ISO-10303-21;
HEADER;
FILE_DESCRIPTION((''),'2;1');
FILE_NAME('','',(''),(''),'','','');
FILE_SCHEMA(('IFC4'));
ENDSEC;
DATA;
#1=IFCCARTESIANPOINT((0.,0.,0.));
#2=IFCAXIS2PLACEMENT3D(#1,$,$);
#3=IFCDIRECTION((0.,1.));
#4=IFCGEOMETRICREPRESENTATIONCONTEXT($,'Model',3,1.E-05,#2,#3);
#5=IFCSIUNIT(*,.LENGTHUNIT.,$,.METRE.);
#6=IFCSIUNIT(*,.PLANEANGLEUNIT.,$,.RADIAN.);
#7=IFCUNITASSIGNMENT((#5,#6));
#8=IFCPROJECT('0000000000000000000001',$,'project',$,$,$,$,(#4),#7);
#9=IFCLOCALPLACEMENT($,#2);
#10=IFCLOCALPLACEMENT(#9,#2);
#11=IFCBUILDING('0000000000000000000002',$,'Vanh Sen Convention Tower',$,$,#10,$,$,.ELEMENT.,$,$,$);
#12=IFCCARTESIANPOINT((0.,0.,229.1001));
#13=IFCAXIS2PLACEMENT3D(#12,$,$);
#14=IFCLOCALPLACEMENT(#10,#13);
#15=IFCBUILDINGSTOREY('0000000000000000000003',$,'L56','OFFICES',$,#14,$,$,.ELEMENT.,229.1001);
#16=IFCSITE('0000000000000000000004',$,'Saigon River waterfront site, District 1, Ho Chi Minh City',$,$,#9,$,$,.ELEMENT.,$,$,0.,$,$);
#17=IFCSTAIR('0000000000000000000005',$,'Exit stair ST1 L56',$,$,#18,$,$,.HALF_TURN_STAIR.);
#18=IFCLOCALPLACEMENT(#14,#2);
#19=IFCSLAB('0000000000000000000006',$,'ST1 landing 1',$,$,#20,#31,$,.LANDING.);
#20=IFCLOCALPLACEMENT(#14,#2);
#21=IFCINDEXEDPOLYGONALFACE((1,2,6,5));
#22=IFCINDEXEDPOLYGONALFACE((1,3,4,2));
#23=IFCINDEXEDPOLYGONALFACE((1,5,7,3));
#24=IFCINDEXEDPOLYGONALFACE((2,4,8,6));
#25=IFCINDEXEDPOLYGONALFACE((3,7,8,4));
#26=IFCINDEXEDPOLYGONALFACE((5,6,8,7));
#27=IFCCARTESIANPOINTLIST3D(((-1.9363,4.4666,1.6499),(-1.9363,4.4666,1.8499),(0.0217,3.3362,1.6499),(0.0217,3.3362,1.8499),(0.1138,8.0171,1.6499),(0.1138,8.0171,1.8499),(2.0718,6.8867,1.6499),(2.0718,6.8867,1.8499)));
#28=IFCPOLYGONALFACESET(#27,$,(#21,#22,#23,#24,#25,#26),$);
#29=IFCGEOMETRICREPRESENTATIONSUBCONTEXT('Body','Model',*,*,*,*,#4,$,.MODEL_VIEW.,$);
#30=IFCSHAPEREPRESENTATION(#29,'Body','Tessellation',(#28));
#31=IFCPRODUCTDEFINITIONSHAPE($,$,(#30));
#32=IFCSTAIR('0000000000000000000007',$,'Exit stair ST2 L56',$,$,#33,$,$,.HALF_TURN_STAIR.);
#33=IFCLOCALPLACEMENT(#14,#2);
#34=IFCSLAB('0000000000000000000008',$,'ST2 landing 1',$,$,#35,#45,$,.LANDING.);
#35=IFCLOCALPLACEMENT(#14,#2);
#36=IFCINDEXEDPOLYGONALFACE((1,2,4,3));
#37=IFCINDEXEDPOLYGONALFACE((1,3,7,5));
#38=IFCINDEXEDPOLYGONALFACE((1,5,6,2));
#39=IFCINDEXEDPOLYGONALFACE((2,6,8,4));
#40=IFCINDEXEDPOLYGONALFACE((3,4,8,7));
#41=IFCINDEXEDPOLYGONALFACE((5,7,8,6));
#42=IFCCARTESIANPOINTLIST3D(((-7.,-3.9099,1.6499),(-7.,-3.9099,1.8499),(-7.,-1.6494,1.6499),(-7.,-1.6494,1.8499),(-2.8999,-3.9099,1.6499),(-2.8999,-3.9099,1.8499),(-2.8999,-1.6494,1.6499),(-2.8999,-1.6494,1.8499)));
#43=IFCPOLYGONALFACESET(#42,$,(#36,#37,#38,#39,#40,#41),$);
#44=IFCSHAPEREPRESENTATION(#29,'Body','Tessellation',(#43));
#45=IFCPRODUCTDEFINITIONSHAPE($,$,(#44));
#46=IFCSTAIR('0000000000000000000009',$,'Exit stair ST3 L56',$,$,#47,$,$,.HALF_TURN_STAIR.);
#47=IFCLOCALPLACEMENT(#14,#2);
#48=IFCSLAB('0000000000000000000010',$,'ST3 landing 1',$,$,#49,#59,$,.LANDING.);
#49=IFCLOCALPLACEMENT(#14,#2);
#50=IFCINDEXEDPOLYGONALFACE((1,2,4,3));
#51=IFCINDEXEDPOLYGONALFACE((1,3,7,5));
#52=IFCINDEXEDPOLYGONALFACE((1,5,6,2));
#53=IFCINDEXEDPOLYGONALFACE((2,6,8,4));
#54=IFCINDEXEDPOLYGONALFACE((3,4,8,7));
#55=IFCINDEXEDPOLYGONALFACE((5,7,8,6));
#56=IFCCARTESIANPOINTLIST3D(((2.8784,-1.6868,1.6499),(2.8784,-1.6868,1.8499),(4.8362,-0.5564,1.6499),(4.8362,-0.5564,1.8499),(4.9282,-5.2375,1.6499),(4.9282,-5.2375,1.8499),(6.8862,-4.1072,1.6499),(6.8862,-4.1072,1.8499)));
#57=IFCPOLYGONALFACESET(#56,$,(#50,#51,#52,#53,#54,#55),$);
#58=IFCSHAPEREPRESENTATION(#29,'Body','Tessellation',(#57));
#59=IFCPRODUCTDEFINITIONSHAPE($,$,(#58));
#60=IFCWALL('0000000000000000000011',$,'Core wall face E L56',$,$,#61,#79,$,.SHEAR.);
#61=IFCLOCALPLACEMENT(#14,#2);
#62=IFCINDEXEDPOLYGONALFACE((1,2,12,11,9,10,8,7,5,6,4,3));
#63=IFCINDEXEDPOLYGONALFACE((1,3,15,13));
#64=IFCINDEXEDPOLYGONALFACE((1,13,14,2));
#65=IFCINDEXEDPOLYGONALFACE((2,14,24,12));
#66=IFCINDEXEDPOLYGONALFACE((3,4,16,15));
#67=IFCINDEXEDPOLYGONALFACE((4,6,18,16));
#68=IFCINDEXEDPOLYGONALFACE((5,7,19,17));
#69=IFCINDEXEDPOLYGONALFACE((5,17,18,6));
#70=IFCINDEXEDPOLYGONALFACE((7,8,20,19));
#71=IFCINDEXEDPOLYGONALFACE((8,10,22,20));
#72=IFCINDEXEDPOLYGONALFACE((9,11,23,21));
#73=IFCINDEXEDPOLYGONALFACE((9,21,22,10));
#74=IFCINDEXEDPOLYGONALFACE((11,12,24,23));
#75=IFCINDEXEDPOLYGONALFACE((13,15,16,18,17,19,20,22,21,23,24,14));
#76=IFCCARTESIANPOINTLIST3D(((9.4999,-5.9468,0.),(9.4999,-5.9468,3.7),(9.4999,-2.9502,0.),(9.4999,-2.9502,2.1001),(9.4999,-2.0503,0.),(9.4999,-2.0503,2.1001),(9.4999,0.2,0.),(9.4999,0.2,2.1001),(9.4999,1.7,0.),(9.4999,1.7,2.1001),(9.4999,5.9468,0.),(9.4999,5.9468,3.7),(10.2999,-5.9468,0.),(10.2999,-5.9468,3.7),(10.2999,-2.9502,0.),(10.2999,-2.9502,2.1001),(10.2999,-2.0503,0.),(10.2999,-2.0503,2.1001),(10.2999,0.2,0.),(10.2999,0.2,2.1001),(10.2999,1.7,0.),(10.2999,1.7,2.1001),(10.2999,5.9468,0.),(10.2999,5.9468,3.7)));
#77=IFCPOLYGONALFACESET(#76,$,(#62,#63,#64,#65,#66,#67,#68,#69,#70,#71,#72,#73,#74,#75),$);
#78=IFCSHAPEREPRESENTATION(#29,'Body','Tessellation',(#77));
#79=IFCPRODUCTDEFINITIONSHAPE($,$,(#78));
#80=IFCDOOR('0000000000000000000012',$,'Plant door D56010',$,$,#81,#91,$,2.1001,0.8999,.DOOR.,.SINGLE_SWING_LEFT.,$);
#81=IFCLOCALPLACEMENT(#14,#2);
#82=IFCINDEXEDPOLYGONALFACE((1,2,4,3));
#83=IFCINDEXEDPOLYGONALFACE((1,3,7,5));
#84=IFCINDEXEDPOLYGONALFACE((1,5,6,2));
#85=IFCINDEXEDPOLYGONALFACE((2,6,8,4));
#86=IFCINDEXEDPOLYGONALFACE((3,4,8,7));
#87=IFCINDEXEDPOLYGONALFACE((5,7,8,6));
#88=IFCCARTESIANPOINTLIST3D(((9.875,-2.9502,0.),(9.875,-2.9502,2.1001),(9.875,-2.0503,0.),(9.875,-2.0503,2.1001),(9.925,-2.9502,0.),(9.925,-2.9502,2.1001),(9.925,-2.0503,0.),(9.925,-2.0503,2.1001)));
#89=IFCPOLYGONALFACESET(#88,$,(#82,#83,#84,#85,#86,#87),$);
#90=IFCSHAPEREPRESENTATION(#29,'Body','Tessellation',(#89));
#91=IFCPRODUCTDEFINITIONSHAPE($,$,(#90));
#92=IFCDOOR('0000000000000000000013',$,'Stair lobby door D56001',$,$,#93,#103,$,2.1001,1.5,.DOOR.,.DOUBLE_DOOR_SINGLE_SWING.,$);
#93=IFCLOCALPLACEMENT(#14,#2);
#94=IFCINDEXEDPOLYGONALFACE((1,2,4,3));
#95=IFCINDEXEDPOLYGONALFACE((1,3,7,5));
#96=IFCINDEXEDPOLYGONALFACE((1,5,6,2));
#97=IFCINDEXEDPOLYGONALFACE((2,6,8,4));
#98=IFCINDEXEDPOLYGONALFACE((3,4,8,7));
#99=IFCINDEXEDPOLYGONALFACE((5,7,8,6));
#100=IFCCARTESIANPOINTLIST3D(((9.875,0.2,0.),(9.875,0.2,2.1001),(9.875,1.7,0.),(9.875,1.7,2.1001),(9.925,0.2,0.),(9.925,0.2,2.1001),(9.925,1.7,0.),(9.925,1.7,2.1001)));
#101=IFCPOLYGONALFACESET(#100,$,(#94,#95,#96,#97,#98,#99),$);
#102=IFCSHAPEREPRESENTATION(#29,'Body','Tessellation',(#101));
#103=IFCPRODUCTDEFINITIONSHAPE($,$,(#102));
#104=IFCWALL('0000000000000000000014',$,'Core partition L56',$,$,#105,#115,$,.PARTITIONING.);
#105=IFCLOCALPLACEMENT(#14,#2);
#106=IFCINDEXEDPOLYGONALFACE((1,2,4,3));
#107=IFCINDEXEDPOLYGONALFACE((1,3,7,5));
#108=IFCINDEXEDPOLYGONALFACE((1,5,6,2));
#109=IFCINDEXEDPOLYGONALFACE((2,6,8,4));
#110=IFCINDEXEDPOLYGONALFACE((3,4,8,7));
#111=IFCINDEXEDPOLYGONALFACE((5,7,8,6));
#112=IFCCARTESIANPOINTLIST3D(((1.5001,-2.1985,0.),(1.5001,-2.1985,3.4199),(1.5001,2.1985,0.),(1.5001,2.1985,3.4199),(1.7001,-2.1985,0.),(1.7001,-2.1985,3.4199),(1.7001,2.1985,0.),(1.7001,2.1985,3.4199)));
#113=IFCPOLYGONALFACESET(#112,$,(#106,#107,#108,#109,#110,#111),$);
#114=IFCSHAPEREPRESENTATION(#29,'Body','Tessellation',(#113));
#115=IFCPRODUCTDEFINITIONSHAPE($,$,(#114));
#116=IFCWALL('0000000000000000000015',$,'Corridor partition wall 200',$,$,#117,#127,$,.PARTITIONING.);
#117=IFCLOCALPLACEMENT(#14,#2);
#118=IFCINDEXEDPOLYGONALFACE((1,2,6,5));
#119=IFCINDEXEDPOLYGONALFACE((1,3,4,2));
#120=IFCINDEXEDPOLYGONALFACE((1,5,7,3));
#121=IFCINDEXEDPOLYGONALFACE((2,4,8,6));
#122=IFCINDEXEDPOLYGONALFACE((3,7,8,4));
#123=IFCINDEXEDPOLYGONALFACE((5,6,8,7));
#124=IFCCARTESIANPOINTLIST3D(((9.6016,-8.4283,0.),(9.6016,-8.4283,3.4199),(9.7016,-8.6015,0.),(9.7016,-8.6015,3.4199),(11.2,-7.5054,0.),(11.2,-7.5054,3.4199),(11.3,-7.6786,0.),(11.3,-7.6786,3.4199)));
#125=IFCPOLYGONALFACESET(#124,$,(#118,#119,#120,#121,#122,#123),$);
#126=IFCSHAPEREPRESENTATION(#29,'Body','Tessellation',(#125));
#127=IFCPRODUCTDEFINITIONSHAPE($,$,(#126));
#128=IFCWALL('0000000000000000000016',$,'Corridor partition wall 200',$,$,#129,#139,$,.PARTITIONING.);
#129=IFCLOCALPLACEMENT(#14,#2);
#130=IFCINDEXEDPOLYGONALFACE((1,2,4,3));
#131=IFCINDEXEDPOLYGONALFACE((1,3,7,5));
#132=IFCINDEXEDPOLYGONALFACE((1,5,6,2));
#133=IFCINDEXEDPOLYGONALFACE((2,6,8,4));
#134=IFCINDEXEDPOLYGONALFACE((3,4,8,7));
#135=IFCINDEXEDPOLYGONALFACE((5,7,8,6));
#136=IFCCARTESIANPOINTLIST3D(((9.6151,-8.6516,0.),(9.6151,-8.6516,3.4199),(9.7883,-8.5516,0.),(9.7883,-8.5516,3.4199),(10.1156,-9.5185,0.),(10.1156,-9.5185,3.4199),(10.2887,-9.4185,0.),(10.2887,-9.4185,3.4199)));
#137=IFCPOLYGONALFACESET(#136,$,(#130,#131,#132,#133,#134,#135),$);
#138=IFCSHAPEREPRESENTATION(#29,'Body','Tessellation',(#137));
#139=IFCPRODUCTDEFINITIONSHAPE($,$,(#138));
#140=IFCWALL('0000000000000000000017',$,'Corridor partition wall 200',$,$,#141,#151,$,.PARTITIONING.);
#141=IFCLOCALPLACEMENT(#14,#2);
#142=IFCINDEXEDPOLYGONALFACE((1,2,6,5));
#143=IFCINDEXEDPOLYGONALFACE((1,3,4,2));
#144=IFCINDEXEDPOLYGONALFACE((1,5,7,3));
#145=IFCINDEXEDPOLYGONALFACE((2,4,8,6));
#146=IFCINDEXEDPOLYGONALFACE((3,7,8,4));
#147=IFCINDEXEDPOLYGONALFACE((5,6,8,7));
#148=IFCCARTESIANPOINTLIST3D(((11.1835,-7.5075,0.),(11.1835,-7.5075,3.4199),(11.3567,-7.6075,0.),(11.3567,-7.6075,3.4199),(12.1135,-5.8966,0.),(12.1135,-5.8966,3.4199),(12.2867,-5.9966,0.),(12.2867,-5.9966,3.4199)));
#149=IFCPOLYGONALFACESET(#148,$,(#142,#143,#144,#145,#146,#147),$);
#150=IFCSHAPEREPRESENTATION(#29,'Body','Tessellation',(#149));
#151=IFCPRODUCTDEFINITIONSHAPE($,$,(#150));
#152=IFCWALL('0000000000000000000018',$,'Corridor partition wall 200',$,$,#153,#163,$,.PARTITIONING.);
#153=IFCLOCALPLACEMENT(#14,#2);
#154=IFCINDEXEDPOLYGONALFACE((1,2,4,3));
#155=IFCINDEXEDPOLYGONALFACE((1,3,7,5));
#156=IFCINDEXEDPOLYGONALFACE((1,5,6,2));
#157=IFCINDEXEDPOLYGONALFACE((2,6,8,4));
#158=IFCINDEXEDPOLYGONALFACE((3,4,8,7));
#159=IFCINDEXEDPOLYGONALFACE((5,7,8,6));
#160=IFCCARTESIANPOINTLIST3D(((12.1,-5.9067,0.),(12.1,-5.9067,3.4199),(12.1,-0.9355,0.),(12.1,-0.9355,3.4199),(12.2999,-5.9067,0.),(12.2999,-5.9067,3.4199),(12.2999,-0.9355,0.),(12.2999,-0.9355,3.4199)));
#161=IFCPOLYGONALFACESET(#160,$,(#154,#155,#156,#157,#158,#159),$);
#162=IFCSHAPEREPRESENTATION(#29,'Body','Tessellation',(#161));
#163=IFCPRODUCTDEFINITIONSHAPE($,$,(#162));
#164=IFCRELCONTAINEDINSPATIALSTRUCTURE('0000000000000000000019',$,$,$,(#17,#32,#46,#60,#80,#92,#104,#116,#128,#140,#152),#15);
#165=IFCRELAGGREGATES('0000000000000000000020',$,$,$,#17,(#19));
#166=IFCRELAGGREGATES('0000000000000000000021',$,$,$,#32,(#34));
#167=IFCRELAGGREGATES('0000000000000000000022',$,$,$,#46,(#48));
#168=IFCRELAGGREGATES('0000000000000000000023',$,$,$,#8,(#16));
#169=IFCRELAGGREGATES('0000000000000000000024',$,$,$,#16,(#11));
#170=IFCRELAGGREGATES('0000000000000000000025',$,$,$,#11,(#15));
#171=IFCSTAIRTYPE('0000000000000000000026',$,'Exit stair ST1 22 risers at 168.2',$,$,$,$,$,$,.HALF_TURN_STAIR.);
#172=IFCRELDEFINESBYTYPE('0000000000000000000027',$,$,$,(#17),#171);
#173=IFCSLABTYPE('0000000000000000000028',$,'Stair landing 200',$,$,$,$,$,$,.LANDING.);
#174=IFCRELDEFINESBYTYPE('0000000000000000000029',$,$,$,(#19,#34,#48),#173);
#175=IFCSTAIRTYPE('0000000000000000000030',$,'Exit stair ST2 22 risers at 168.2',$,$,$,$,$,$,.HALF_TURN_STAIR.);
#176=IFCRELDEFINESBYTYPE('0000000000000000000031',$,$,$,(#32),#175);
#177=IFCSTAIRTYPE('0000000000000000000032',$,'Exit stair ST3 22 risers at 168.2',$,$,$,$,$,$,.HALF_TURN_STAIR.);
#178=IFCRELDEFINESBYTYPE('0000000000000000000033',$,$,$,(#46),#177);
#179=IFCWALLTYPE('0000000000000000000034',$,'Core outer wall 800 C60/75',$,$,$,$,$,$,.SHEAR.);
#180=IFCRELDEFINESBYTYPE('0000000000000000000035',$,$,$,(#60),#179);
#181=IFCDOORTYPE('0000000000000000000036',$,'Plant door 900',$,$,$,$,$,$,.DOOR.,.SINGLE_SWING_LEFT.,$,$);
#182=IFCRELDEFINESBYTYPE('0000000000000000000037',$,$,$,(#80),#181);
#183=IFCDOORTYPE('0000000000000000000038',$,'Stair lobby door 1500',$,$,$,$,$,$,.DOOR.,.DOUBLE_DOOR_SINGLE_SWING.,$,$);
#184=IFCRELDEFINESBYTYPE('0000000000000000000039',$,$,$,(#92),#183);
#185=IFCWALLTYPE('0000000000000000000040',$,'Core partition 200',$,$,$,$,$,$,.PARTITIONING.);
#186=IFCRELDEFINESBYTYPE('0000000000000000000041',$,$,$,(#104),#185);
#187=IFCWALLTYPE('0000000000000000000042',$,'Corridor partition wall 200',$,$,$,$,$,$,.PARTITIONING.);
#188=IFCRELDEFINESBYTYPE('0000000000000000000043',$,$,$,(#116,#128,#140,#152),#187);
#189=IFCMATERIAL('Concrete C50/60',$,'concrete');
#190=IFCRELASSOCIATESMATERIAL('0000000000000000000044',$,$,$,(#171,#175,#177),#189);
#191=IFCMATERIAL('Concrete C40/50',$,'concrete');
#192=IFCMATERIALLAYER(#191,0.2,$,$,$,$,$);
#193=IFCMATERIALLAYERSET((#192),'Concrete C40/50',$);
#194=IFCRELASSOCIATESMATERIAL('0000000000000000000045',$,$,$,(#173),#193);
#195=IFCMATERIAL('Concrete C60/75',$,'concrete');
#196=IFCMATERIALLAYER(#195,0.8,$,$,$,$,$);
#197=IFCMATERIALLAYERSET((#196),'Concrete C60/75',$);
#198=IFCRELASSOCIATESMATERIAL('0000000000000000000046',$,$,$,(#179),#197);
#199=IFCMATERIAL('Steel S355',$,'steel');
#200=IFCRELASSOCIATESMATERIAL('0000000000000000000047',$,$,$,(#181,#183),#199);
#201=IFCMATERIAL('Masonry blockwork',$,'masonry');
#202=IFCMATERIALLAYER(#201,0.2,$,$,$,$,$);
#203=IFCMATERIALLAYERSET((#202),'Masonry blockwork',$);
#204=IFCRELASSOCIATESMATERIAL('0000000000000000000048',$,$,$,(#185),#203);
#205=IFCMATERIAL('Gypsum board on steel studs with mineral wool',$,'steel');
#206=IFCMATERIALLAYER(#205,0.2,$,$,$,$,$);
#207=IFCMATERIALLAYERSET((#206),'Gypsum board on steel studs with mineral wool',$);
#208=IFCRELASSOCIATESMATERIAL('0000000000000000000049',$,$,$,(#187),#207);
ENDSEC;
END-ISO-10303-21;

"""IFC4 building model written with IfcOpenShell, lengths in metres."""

from ifc_helpers import new_model, si_unit, direction, frame, frame_2d, origin, place, context, subcontext, project, spatial, polyline, rectangle, outline, extrude, material, layer, layer_set, type_object, element, fill, aggregate, save


model = new_model("IFC4")

# Units and contexts
model_context = context("Model", 3, precision=1e-05, world=origin(), true_north=direction((0.0, 1.0)))
body_context = subcontext(model_context, "Body", "Model", "MODEL_VIEW")
ifc_project = project(units=[si_unit("LENGTHUNIT", "METRE"), si_unit("PLANEANGLEUNIT", "RADIAN")], contexts=[model_context])

# Site, building, storey
site_placement = place(None, origin())
site = spatial("IfcSite", under=ifc_project, at=site_placement, Name="Saigon River waterfront site, District 1, Ho Chi Minh City", CompositionType="ELEMENT", RefElevation=0.0)
building_placement = place(site_placement, origin())
building = spatial("IfcBuilding", under=site, at=building_placement, Name="Vanh Sen Convention Tower", CompositionType="ELEMENT")
storey_placement = place(building_placement, frame((0.0, 0.0, 229.1001)))
storey = spatial("IfcBuildingStorey", under=building, at=storey_placement, Name="L56", Description="OFFICES", CompositionType="ELEMENT", Elevation=229.1001)

# Stairs, slabs
ifc_material_1 = material(Name="Concrete C50/60", Category="concrete")
stair_type_1 = type_object("IfcStairType", Name="Exit stair ST1 22 risers at 168.2", PredefinedType="HALF_TURN_STAIR", material=ifc_material_1)
stair_1_placement = place(storey_placement, origin())
stair_1 = element("IfcStair", 1, at=stair_1_placement, inside=storey, type_object=stair_type_1, Name="Exit stair ST1 L56", PredefinedType="HALF_TURN_STAIR")
ifc_material_2 = material(Name="Concrete C40/50", Category="concrete")
ifc_layer_1 = layer(ifc_material_2, 0.2)
ifc_layer_set_1 = layer_set([ifc_layer_1], Name="Concrete C40/50")
slab_type = type_object("IfcSlabType", Name="Stair landing 200", PredefinedType="LANDING", material=ifc_layer_set_1)
slab_1_placement = place(storey_placement, frame((0.0, 0.0, 1.6499)))
slab_1 = element("IfcSlab", 2, at=slab_1_placement, type_object=slab_type, Name="ST1 landing 1", PredefinedType="LANDING", context=body_context, shape_type="SweptSolid", body=[
    extrude(outline(polyline([(2.0718, 6.8867), (0.1138, 8.0171), (-1.9363, 4.4666), (0.0217, 3.3362), (2.0718, 6.8867)])), origin(), (0.0, 0.0, 1.0), 0.2),
])
aggregate(stair_1, [slab_1])
stair_type_2 = type_object("IfcStairType", Name="Exit stair ST2 22 risers at 168.2", PredefinedType="HALF_TURN_STAIR", material=ifc_material_1)
stair_2_placement = place(storey_placement, origin())
stair_2 = element("IfcStair", 3, at=stair_2_placement, inside=storey, type_object=stair_type_2, Name="Exit stair ST2 L56", PredefinedType="HALF_TURN_STAIR")
slab_2_placement = place(storey_placement, frame((0.0, 0.0, 1.6499)))
slab_2 = element("IfcSlab", 4, at=slab_2_placement, type_object=slab_type, Name="ST2 landing 1", PredefinedType="LANDING", context=body_context, shape_type="SweptSolid", body=[
    extrude(outline(polyline([(-7.0, -1.6494), (-7.0, -3.9099), (-2.8999, -3.9099), (-2.8999, -1.6494), (-7.0, -1.6494)])), origin(), (0.0, 0.0, 1.0), 0.2),
])
aggregate(stair_2, [slab_2])
stair_type_3 = type_object("IfcStairType", Name="Exit stair ST3 22 risers at 168.2", PredefinedType="HALF_TURN_STAIR", material=ifc_material_1)
stair_3_placement = place(storey_placement, origin())
stair_3 = element("IfcStair", 5, at=stair_3_placement, inside=storey, type_object=stair_type_3, Name="Exit stair ST3 L56", PredefinedType="HALF_TURN_STAIR")
slab_3_placement = place(storey_placement, frame((0.0, 0.0, 1.6499)))
slab_3 = element("IfcSlab", 6, at=slab_3_placement, type_object=slab_type, Name="ST3 landing 1", PredefinedType="LANDING", context=body_context, shape_type="SweptSolid", body=[
    extrude(outline(polyline([(4.9282, -5.2375), (6.8862, -4.1072), (4.8362, -0.5564), (2.8784, -1.6868), (4.9282, -5.2375)])), origin(), (0.0, 0.0, 1.0), 0.2),
])
aggregate(stair_3, [slab_3])

# Wall, openings, doors
ifc_material_3 = material(Name="Concrete C60/75", Category="concrete")
ifc_layer_2 = layer(ifc_material_3, 0.8)
ifc_layer_set_2 = layer_set([ifc_layer_2], Name="Concrete C60/75")
wall_type_1 = type_object("IfcWallType", Name="Core outer wall 800 C60/75", PredefinedType="SHEAR", material=ifc_layer_set_2)
wall_1_placement = place(storey_placement, frame((9.8999, -5.9468, 0.0), z_axis=(0.0, 0.0, 1.0), x_axis=(0.0, 1.0, 0.0)))
wall_1 = element("IfcWall", 7, at=wall_1_placement, inside=storey, type_object=wall_type_1, Name="Core wall face E L56", PredefinedType="SHEAR", context=body_context, shape_type="SweptSolid", body=[
    extrude(rectangle(XDim=11.8936, YDim=0.8, at=frame_2d((5.9468, 0.0))), origin(), (0.0, 0.0, 1.0), 3.7),
])
opening_1_placement = place(wall_1_placement, frame((6.1467, 0.0, 0.0)))
opening_1 = element("IfcOpeningElement", 8, at=opening_1_placement, cuts=wall_1, PredefinedType="OPENING", context=body_context, shape_type="SweptSolid", body=[
    extrude(rectangle(XDim=1.5, YDim=2.1001, at=frame_2d((0.75, 1.05))), frame((0.0, 0.4099, 0.0), z_axis=(0.0, -1.0, 0.0), x_axis=(1.0, 0.0, 0.0)), (0.0, 0.0, 1.0), 0.8201),
])
opening_2_placement = place(wall_1_placement, frame((2.9966, 0.0, 0.0)))
opening_2 = element("IfcOpeningElement", 9, at=opening_2_placement, cuts=wall_1, PredefinedType="OPENING", context=body_context, shape_type="SweptSolid", body=[
    extrude(rectangle(XDim=0.8999, YDim=2.1001, at=frame_2d((0.45, 1.05))), frame((0.0, 0.4099, 0.0), z_axis=(0.0, -1.0, 0.0), x_axis=(1.0, 0.0, 0.0)), (0.0, 0.0, 1.0), 0.8201),
])
ifc_material_4 = material(Name="Steel S355", Category="steel")
door_type_1 = type_object("IfcDoorType", Name="Plant door 900", OperationType="SINGLE_SWING_LEFT", PredefinedType="DOOR", material=ifc_material_4)
door_1_placement = place(opening_2_placement, origin())
door_1 = element("IfcDoor", 10, at=door_1_placement, inside=storey, type_object=door_type_1, Name="Plant door D56010", OperationType="SINGLE_SWING_LEFT", OverallHeight=2.1001, OverallWidth=0.8999, PredefinedType="DOOR", context=body_context, shape_type="SweptSolid", body=[
    extrude(rectangle(XDim=0.8999, YDim=2.1001, at=frame_2d((0.45, 1.05))), frame((0.0, 0.0249, 0.0), z_axis=(0.0, -1.0, 0.0), x_axis=(1.0, 0.0, 0.0)), (0.0, 0.0, 1.0), 0.05),
])
fill(opening_2, door_1)
door_type_2 = type_object("IfcDoorType", Name="Stair lobby door 1500", OperationType="DOUBLE_DOOR_SINGLE_SWING", PredefinedType="DOOR", material=ifc_material_4)
door_2_placement = place(opening_1_placement, origin())
door_2 = element("IfcDoor", 11, at=door_2_placement, inside=storey, type_object=door_type_2, Name="Stair lobby door D56001", OperationType="DOUBLE_DOOR_SINGLE_SWING", OverallHeight=2.1001, OverallWidth=1.5, PredefinedType="DOOR", context=body_context, shape_type="SweptSolid", body=[
    extrude(rectangle(XDim=1.5, YDim=2.1001, at=frame_2d((0.75, 1.05))), frame((0.0, 0.0249, 0.0), z_axis=(0.0, -1.0, 0.0), x_axis=(1.0, 0.0, 0.0)), (0.0, 0.0, 1.0), 0.05),
])
fill(opening_1, door_2)

# Walls
ifc_material_5 = material(Name="Masonry blockwork", Category="masonry")
ifc_layer_3 = layer(ifc_material_5, 0.2)
ifc_layer_set_3 = layer_set([ifc_layer_3], Name="Masonry blockwork")
wall_type_2 = type_object("IfcWallType", Name="Core partition 200", PredefinedType="PARTITIONING", material=ifc_layer_set_3)
wall_2_placement = place(storey_placement, frame((1.6001, -2.1985, 0.0), z_axis=(0.0, 0.0, 1.0), x_axis=(0.0, 1.0, 0.0)))
element("IfcWall", 12, at=wall_2_placement, inside=storey, type_object=wall_type_2, Name="Core partition L56", PredefinedType="PARTITIONING", context=body_context, shape_type="SweptSolid", body=[
    extrude(rectangle(XDim=4.397, YDim=0.2, at=frame_2d((2.1985, 0.0))), origin(), (0.0, 0.0, 1.0), 3.4199),
])
ifc_material_6 = material(Name="Gypsum board on steel studs with mineral wool", Category="steel")
ifc_layer_4 = layer(ifc_material_6, 0.2)
ifc_layer_set_4 = layer_set([ifc_layer_4], Name="Gypsum board on steel studs with mineral wool")
wall_type_3 = type_object("IfcWallType", Name="Corridor partition wall 200", PredefinedType="PARTITIONING", material=ifc_layer_set_4)
wall_3_placement = place(storey_placement, frame((9.6516, -8.5149, 0.0), z_axis=(0.0, 0.0, 1.0), x_axis=(0.86602, 0.500009, 0.0)))
element("IfcWall", 13, at=wall_3_placement, inside=storey, type_object=wall_type_3, Name="Corridor partition wall 200", PredefinedType="PARTITIONING", context=body_context, shape_type="SweptSolid", body=[
    extrude(rectangle(XDim=1.8457, YDim=0.2, at=frame_2d((0.9229, 0.0))), origin(), (0.0, 0.0, 1.0), 3.4199),
])
wall_4_placement = place(storey_placement, frame((10.2021, -9.4685, 0.0), z_axis=(0.0, 0.0, 1.0), x_axis=(-0.499969, 0.866043, 0.0)))
element("IfcWall", 14, at=wall_4_placement, inside=storey, type_object=wall_type_3, Name="Corridor partition wall 200", PredefinedType="PARTITIONING", context=body_context, shape_type="SweptSolid", body=[
    extrude(rectangle(XDim=1.001, YDim=0.2, at=frame_2d((0.5005, 0.0))), origin(), (0.0, 0.0, 1.0), 3.4199),
])
wall_5_placement = place(storey_placement, frame((11.27, -7.5576, 0.0), z_axis=(0.0, 0.0, 1.0), x_axis=(0.499965, 0.866046, 0.0)))
element("IfcWall", 15, at=wall_5_placement, inside=storey, type_object=wall_type_3, Name="Corridor partition wall 200", PredefinedType="PARTITIONING", context=body_context, shape_type="SweptSolid", body=[
    extrude(rectangle(XDim=1.8601, YDim=0.2, at=frame_2d((0.9302, 0.0))), origin(), (0.0, 0.0, 1.0), 3.4199),
])
wall_6_placement = place(storey_placement, frame((12.2, -5.9067, 0.0), z_axis=(0.0, 0.0, 1.0), x_axis=(0.0, 1.0, 0.0)))
element("IfcWall", 16, at=wall_6_placement, inside=storey, type_object=wall_type_3, Name="Corridor partition wall 200", PredefinedType="PARTITIONING", context=body_context, shape_type="SweptSolid", body=[
    extrude(rectangle(XDim=4.9712, YDim=0.2, at=frame_2d((2.4856, 0.0))), origin(), (0.0, 0.0, 1.0), 3.4199),
])

save(model, "model.ifc")
